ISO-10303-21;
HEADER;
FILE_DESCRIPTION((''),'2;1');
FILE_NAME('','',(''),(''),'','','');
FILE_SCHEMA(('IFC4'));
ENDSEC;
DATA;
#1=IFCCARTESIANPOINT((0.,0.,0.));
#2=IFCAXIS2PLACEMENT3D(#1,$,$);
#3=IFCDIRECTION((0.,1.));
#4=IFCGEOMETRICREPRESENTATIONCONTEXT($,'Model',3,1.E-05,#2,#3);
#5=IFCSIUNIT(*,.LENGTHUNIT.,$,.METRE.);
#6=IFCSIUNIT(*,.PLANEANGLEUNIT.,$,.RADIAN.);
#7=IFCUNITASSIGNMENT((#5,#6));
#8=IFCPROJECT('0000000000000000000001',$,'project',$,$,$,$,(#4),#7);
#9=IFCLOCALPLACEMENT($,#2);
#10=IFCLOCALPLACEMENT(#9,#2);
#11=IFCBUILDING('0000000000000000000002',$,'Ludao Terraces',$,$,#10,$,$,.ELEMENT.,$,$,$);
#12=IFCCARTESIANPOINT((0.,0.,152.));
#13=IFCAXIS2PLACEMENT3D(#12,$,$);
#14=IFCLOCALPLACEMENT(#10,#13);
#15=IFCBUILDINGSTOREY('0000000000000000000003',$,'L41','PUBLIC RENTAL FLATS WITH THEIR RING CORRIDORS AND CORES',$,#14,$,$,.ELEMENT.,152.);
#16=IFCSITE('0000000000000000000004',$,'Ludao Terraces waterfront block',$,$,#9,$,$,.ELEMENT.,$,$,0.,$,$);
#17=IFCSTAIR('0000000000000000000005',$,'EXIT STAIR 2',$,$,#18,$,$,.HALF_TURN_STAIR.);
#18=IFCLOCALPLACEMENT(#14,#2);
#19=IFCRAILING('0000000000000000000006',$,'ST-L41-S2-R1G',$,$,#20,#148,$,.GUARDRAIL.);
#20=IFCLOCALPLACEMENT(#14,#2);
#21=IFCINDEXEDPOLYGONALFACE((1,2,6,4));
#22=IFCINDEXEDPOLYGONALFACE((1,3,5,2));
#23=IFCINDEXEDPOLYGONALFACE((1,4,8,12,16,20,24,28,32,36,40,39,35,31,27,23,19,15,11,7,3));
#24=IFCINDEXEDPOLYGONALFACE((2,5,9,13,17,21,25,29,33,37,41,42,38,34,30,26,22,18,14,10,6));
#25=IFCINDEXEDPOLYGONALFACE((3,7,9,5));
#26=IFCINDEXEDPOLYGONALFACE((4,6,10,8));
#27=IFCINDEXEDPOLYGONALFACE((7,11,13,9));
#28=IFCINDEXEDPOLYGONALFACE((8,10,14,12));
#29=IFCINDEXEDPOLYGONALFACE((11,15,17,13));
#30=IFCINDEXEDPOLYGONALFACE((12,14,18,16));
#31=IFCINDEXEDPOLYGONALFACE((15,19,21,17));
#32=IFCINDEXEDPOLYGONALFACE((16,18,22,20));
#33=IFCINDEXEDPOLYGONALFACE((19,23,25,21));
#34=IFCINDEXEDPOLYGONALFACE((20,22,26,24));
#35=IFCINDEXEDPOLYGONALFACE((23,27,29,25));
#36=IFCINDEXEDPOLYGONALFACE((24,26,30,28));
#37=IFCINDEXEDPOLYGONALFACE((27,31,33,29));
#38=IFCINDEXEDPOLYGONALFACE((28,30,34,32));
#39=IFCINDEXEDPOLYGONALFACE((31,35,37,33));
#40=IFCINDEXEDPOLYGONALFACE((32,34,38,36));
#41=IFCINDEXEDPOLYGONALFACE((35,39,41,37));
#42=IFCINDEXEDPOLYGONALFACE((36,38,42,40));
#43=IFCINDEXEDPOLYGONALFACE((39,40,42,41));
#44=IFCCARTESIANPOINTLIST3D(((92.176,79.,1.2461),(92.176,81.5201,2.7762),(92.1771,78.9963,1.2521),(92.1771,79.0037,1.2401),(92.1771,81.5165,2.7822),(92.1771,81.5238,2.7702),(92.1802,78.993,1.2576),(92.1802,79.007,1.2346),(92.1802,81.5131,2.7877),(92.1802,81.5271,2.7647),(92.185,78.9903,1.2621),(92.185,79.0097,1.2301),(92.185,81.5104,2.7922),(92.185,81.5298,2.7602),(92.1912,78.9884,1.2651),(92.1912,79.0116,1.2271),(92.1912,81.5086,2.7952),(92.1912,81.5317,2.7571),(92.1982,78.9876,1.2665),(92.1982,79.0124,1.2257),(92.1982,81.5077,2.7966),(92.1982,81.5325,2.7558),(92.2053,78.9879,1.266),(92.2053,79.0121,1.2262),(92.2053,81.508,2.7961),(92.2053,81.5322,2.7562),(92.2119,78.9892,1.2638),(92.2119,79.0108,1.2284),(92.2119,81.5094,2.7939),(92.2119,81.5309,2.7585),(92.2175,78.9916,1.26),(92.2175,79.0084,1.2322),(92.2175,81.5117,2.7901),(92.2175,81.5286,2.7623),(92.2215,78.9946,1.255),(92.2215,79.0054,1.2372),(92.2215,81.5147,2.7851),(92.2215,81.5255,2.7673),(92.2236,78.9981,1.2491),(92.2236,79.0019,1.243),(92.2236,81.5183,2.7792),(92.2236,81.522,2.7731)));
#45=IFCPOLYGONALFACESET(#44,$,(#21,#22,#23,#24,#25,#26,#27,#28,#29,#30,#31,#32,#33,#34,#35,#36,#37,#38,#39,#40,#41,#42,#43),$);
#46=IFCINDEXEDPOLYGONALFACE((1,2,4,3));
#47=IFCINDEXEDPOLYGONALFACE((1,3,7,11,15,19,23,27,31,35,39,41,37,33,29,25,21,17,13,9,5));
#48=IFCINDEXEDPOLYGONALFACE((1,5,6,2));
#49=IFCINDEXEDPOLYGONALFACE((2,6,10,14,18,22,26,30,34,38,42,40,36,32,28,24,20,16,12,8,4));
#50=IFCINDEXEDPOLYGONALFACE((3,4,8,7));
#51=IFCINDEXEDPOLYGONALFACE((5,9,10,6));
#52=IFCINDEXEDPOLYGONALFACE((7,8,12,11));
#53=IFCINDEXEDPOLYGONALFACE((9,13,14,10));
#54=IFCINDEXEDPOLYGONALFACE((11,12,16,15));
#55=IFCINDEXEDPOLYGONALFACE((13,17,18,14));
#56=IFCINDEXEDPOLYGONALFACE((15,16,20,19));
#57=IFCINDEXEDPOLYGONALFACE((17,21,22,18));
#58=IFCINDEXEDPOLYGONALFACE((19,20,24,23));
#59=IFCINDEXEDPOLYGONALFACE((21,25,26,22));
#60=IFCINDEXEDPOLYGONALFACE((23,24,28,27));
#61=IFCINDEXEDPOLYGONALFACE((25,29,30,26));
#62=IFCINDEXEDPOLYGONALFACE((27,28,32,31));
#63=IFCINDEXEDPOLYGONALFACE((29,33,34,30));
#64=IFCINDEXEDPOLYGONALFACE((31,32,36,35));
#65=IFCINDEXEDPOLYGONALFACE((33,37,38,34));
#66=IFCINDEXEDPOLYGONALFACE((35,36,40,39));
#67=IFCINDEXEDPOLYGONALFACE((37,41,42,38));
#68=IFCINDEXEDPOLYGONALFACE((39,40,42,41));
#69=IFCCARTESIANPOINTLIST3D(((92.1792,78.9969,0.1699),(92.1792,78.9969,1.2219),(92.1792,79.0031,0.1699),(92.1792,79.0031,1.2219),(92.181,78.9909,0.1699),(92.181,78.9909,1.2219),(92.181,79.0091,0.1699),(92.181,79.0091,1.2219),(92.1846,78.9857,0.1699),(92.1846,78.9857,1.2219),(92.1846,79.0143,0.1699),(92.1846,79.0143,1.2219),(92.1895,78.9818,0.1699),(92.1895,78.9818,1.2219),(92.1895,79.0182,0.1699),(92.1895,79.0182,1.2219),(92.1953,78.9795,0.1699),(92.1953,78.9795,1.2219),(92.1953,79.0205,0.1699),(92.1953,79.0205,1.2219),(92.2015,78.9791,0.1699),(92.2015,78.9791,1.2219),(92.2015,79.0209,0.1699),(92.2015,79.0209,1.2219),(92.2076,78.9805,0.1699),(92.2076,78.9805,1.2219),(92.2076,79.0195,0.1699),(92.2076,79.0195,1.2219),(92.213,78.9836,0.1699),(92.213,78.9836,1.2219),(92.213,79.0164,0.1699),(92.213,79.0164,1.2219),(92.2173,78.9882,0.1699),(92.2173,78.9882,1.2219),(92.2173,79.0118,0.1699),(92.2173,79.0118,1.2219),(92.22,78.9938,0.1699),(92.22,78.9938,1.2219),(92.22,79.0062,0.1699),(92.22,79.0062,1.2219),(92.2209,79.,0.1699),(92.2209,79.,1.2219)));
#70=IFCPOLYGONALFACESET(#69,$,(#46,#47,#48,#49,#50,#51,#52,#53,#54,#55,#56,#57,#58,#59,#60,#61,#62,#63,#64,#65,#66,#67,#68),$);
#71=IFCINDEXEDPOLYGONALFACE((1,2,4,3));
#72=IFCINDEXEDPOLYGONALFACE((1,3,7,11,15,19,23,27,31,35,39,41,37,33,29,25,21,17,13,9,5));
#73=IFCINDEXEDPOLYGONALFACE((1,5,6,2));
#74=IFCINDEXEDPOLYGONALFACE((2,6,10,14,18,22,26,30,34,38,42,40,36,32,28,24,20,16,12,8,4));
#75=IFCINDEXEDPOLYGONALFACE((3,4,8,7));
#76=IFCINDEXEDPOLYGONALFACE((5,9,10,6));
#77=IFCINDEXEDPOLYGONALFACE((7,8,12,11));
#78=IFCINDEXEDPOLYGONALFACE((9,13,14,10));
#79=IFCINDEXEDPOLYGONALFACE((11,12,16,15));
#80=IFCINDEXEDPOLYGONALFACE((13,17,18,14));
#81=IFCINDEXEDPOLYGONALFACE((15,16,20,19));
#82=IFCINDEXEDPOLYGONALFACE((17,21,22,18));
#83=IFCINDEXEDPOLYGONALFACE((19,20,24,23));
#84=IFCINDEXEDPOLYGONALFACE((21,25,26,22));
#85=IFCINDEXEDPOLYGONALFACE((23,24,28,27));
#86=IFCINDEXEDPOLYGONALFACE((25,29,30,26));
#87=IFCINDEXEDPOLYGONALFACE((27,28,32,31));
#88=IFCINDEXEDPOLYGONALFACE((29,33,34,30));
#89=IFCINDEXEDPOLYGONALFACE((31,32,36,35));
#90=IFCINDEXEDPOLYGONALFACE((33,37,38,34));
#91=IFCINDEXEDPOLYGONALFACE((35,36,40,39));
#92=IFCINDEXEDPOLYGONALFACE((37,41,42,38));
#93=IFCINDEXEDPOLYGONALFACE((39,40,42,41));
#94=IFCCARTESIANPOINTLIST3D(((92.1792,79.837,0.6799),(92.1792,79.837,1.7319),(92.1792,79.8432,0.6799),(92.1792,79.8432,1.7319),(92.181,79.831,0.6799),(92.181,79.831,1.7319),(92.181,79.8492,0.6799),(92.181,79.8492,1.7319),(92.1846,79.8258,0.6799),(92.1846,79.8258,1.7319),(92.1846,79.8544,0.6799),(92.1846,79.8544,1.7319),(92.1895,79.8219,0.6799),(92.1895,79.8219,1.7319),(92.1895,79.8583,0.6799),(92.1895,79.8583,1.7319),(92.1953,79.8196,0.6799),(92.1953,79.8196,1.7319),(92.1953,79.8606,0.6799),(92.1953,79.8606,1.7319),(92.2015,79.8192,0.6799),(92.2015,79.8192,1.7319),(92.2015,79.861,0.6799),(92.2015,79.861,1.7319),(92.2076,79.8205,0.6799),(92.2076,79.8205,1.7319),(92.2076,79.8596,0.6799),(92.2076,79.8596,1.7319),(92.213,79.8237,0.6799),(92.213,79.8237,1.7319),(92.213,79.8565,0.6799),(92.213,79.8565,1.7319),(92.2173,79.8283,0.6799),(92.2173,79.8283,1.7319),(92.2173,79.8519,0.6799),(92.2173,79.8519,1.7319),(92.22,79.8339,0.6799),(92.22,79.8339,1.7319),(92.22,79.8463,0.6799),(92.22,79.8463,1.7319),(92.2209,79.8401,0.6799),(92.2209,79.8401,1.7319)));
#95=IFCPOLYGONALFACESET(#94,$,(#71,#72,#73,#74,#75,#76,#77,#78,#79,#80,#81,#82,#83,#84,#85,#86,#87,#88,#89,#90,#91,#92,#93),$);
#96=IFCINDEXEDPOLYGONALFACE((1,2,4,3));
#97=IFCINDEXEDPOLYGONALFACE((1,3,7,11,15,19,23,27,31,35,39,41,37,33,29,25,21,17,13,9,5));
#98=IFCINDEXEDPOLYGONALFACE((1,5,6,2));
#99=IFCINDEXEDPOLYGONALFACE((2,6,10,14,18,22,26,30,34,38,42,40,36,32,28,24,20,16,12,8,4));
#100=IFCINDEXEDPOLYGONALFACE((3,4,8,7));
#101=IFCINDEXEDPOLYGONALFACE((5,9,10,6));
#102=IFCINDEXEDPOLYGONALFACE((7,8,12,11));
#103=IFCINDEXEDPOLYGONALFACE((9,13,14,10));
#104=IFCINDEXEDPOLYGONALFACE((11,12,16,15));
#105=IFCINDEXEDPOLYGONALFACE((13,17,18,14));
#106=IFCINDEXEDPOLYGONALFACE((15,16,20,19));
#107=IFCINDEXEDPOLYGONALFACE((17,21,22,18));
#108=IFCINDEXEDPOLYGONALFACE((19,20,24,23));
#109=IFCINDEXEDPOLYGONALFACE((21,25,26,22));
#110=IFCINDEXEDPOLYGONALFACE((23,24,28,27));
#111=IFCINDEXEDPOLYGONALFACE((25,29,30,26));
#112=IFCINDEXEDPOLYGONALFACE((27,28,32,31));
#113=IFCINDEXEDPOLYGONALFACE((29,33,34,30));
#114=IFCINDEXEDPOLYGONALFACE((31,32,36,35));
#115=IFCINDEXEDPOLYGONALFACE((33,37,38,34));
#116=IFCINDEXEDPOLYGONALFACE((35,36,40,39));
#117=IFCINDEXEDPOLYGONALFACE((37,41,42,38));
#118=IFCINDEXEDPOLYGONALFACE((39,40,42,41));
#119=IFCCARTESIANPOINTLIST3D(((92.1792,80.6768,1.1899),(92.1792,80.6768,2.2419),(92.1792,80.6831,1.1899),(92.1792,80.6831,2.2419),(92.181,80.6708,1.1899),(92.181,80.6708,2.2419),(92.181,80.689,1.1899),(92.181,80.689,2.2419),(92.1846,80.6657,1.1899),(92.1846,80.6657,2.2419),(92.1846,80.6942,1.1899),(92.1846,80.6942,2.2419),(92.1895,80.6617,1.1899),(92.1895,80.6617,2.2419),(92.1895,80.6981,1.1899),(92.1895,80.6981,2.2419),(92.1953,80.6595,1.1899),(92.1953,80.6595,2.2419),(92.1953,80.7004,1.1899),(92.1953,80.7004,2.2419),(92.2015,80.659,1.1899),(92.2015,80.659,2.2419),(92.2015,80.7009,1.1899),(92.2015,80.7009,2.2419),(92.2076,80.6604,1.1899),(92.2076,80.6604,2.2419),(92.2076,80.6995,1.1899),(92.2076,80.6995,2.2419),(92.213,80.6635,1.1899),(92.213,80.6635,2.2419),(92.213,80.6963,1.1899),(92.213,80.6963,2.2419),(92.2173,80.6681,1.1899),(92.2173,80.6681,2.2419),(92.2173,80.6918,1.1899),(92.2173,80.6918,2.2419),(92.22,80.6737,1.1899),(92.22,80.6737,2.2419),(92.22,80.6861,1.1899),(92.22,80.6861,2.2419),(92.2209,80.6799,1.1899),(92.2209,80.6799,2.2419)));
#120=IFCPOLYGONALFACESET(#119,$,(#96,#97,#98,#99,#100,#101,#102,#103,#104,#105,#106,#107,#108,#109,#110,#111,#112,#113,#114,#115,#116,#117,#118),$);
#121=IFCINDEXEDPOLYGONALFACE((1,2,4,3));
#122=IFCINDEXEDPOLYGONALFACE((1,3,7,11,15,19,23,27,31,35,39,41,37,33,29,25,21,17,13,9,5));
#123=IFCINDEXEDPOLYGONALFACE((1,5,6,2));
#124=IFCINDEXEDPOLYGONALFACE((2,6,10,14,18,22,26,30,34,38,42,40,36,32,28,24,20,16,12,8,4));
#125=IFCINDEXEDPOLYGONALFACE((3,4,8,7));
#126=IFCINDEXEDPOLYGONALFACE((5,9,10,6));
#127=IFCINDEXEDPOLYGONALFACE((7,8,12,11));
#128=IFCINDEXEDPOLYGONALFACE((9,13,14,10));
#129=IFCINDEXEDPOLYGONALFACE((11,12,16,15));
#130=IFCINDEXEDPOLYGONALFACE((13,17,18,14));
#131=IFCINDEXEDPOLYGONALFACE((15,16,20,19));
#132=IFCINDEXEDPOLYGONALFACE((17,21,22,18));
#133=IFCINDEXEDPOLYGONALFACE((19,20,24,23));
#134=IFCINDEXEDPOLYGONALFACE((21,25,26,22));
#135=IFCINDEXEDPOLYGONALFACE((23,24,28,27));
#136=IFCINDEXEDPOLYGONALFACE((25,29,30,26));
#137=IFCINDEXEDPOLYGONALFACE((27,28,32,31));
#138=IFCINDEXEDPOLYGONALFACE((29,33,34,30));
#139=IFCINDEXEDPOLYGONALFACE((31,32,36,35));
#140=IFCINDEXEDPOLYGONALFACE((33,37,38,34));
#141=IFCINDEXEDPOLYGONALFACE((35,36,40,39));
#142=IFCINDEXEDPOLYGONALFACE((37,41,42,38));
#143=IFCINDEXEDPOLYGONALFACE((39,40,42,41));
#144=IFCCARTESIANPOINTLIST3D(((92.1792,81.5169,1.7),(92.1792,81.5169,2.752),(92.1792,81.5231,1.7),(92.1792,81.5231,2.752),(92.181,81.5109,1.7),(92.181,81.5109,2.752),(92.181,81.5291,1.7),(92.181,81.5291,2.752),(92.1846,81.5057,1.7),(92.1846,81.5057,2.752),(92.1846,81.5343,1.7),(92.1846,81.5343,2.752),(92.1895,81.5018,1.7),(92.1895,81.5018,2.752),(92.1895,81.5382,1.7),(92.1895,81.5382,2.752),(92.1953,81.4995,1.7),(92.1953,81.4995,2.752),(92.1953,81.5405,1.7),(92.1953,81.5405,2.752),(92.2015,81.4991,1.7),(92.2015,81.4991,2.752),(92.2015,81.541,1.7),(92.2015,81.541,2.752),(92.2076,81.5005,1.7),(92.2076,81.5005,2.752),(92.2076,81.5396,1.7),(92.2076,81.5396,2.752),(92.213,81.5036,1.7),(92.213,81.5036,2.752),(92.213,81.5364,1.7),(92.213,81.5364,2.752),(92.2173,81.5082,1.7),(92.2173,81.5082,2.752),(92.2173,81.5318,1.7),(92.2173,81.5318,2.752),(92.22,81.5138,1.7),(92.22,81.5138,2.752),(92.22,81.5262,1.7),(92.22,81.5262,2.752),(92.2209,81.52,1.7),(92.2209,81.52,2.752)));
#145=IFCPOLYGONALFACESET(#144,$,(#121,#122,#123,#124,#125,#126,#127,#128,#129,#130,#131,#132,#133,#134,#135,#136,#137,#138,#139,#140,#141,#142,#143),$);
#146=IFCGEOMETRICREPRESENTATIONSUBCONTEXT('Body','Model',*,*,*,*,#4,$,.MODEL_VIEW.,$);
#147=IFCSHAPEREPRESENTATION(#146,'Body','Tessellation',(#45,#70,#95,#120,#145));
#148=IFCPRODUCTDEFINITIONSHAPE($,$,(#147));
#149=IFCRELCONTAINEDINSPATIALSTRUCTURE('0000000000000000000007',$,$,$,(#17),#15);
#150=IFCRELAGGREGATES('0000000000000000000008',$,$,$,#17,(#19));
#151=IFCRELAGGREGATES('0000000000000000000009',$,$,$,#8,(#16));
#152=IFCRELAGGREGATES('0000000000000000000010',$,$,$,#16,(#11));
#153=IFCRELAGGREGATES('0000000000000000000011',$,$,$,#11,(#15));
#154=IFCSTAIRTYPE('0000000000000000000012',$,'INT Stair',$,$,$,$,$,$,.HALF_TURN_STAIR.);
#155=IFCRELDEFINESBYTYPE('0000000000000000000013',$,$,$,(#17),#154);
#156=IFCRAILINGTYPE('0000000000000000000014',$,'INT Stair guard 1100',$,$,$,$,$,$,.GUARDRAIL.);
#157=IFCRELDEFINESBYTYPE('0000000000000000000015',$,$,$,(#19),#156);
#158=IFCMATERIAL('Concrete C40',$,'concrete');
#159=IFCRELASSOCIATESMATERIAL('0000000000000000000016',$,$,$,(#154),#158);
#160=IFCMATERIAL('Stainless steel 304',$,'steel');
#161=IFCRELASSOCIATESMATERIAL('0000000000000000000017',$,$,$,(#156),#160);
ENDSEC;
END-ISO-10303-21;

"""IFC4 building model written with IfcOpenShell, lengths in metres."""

from ifc_helpers import new_model, si_unit, direction, frame, origin, origin_2d, place, context, subcontext, project, spatial, circle, extrude, material, type_object, element, aggregate, save


model = new_model("IFC4")

# Units and contexts
model_context = context("Model", 3, precision=1e-05, world=origin(), true_north=direction((0.0, 1.0)))
body_context = subcontext(model_context, "Body", "Model", "MODEL_VIEW")
ifc_project = project(units=[si_unit("LENGTHUNIT", "METRE"), si_unit("PLANEANGLEUNIT", "RADIAN")], contexts=[model_context])

# Site, building, storey
site_placement = place(None, origin())
site = spatial("IfcSite", under=ifc_project, at=site_placement, Name="Ludao Terraces waterfront block", CompositionType="ELEMENT", RefElevation=0.0)
building_placement = place(site_placement, origin())
building = spatial("IfcBuilding", under=site, at=building_placement, Name="Ludao Terraces", CompositionType="ELEMENT")
storey_placement = place(building_placement, frame((0.0, 0.0, 152.0)))
storey = spatial("IfcBuildingStorey", under=building, at=storey_placement, Name="L41", Description="PUBLIC RENTAL FLATS WITH THEIR RING CORRIDORS AND CORES", CompositionType="ELEMENT", Elevation=152.0)

# Shared definitions
ifc_material_1 = material(Name="Concrete C40", Category="concrete")

# Shared definitions
ifc_material_2 = material(Name="Stainless steel 304", Category="steel")

# Stair, railing
stair_type = type_object("IfcStairType", Name="INT Stair", PredefinedType="HALF_TURN_STAIR", material=ifc_material_1)
stair_placement = place(storey_placement, origin())
stair = element("IfcStair", 1, at=stair_placement, inside=storey, type_object=stair_type, Name="EXIT STAIR 2", PredefinedType="HALF_TURN_STAIR")
railing_type_1 = type_object("IfcRailingType", Name="INT Stair guard 1100", PredefinedType="GUARDRAIL", material=ifc_material_2)
railing_1_placement = place(storey_placement, frame((92.2, 79.0, 0.1699)))
railing_1 = element("IfcRailing", 2, at=railing_1_placement, type_object=railing_type_1, Name="ST-L41-S2-R1G", PredefinedType="GUARDRAIL", context=body_context, shape_type="SweptSolid", body=[
    extrude(circle(Radius=0.0239, at=origin_2d()), frame((0.0, 0.0, 1.0762), z_axis=(0.0, 0.854785, 0.518982), x_axis=(-1.0, 0.0, 0.0)), (0.0, 0.0, 1.0), 2.9482),
    extrude(circle(Radius=0.021, at=origin_2d()), origin(), (0.0, 0.0, 1.0), 1.052),
    extrude(circle(Radius=0.021, at=origin_2d()), frame((0.0, 0.8401, 0.51)), (0.0, 0.0, 1.0), 1.052),
    extrude(circle(Radius=0.021, at=origin_2d()), frame((0.0, 1.6799, 1.02)), (0.0, 0.0, 1.0), 1.052),
    extrude(circle(Radius=0.021, at=origin_2d()), frame((0.0, 2.52, 1.53)), (0.0, 0.0, 1.0), 1.052),
])
aggregate(stair, [railing_1])

save(model, "model.ifc")
